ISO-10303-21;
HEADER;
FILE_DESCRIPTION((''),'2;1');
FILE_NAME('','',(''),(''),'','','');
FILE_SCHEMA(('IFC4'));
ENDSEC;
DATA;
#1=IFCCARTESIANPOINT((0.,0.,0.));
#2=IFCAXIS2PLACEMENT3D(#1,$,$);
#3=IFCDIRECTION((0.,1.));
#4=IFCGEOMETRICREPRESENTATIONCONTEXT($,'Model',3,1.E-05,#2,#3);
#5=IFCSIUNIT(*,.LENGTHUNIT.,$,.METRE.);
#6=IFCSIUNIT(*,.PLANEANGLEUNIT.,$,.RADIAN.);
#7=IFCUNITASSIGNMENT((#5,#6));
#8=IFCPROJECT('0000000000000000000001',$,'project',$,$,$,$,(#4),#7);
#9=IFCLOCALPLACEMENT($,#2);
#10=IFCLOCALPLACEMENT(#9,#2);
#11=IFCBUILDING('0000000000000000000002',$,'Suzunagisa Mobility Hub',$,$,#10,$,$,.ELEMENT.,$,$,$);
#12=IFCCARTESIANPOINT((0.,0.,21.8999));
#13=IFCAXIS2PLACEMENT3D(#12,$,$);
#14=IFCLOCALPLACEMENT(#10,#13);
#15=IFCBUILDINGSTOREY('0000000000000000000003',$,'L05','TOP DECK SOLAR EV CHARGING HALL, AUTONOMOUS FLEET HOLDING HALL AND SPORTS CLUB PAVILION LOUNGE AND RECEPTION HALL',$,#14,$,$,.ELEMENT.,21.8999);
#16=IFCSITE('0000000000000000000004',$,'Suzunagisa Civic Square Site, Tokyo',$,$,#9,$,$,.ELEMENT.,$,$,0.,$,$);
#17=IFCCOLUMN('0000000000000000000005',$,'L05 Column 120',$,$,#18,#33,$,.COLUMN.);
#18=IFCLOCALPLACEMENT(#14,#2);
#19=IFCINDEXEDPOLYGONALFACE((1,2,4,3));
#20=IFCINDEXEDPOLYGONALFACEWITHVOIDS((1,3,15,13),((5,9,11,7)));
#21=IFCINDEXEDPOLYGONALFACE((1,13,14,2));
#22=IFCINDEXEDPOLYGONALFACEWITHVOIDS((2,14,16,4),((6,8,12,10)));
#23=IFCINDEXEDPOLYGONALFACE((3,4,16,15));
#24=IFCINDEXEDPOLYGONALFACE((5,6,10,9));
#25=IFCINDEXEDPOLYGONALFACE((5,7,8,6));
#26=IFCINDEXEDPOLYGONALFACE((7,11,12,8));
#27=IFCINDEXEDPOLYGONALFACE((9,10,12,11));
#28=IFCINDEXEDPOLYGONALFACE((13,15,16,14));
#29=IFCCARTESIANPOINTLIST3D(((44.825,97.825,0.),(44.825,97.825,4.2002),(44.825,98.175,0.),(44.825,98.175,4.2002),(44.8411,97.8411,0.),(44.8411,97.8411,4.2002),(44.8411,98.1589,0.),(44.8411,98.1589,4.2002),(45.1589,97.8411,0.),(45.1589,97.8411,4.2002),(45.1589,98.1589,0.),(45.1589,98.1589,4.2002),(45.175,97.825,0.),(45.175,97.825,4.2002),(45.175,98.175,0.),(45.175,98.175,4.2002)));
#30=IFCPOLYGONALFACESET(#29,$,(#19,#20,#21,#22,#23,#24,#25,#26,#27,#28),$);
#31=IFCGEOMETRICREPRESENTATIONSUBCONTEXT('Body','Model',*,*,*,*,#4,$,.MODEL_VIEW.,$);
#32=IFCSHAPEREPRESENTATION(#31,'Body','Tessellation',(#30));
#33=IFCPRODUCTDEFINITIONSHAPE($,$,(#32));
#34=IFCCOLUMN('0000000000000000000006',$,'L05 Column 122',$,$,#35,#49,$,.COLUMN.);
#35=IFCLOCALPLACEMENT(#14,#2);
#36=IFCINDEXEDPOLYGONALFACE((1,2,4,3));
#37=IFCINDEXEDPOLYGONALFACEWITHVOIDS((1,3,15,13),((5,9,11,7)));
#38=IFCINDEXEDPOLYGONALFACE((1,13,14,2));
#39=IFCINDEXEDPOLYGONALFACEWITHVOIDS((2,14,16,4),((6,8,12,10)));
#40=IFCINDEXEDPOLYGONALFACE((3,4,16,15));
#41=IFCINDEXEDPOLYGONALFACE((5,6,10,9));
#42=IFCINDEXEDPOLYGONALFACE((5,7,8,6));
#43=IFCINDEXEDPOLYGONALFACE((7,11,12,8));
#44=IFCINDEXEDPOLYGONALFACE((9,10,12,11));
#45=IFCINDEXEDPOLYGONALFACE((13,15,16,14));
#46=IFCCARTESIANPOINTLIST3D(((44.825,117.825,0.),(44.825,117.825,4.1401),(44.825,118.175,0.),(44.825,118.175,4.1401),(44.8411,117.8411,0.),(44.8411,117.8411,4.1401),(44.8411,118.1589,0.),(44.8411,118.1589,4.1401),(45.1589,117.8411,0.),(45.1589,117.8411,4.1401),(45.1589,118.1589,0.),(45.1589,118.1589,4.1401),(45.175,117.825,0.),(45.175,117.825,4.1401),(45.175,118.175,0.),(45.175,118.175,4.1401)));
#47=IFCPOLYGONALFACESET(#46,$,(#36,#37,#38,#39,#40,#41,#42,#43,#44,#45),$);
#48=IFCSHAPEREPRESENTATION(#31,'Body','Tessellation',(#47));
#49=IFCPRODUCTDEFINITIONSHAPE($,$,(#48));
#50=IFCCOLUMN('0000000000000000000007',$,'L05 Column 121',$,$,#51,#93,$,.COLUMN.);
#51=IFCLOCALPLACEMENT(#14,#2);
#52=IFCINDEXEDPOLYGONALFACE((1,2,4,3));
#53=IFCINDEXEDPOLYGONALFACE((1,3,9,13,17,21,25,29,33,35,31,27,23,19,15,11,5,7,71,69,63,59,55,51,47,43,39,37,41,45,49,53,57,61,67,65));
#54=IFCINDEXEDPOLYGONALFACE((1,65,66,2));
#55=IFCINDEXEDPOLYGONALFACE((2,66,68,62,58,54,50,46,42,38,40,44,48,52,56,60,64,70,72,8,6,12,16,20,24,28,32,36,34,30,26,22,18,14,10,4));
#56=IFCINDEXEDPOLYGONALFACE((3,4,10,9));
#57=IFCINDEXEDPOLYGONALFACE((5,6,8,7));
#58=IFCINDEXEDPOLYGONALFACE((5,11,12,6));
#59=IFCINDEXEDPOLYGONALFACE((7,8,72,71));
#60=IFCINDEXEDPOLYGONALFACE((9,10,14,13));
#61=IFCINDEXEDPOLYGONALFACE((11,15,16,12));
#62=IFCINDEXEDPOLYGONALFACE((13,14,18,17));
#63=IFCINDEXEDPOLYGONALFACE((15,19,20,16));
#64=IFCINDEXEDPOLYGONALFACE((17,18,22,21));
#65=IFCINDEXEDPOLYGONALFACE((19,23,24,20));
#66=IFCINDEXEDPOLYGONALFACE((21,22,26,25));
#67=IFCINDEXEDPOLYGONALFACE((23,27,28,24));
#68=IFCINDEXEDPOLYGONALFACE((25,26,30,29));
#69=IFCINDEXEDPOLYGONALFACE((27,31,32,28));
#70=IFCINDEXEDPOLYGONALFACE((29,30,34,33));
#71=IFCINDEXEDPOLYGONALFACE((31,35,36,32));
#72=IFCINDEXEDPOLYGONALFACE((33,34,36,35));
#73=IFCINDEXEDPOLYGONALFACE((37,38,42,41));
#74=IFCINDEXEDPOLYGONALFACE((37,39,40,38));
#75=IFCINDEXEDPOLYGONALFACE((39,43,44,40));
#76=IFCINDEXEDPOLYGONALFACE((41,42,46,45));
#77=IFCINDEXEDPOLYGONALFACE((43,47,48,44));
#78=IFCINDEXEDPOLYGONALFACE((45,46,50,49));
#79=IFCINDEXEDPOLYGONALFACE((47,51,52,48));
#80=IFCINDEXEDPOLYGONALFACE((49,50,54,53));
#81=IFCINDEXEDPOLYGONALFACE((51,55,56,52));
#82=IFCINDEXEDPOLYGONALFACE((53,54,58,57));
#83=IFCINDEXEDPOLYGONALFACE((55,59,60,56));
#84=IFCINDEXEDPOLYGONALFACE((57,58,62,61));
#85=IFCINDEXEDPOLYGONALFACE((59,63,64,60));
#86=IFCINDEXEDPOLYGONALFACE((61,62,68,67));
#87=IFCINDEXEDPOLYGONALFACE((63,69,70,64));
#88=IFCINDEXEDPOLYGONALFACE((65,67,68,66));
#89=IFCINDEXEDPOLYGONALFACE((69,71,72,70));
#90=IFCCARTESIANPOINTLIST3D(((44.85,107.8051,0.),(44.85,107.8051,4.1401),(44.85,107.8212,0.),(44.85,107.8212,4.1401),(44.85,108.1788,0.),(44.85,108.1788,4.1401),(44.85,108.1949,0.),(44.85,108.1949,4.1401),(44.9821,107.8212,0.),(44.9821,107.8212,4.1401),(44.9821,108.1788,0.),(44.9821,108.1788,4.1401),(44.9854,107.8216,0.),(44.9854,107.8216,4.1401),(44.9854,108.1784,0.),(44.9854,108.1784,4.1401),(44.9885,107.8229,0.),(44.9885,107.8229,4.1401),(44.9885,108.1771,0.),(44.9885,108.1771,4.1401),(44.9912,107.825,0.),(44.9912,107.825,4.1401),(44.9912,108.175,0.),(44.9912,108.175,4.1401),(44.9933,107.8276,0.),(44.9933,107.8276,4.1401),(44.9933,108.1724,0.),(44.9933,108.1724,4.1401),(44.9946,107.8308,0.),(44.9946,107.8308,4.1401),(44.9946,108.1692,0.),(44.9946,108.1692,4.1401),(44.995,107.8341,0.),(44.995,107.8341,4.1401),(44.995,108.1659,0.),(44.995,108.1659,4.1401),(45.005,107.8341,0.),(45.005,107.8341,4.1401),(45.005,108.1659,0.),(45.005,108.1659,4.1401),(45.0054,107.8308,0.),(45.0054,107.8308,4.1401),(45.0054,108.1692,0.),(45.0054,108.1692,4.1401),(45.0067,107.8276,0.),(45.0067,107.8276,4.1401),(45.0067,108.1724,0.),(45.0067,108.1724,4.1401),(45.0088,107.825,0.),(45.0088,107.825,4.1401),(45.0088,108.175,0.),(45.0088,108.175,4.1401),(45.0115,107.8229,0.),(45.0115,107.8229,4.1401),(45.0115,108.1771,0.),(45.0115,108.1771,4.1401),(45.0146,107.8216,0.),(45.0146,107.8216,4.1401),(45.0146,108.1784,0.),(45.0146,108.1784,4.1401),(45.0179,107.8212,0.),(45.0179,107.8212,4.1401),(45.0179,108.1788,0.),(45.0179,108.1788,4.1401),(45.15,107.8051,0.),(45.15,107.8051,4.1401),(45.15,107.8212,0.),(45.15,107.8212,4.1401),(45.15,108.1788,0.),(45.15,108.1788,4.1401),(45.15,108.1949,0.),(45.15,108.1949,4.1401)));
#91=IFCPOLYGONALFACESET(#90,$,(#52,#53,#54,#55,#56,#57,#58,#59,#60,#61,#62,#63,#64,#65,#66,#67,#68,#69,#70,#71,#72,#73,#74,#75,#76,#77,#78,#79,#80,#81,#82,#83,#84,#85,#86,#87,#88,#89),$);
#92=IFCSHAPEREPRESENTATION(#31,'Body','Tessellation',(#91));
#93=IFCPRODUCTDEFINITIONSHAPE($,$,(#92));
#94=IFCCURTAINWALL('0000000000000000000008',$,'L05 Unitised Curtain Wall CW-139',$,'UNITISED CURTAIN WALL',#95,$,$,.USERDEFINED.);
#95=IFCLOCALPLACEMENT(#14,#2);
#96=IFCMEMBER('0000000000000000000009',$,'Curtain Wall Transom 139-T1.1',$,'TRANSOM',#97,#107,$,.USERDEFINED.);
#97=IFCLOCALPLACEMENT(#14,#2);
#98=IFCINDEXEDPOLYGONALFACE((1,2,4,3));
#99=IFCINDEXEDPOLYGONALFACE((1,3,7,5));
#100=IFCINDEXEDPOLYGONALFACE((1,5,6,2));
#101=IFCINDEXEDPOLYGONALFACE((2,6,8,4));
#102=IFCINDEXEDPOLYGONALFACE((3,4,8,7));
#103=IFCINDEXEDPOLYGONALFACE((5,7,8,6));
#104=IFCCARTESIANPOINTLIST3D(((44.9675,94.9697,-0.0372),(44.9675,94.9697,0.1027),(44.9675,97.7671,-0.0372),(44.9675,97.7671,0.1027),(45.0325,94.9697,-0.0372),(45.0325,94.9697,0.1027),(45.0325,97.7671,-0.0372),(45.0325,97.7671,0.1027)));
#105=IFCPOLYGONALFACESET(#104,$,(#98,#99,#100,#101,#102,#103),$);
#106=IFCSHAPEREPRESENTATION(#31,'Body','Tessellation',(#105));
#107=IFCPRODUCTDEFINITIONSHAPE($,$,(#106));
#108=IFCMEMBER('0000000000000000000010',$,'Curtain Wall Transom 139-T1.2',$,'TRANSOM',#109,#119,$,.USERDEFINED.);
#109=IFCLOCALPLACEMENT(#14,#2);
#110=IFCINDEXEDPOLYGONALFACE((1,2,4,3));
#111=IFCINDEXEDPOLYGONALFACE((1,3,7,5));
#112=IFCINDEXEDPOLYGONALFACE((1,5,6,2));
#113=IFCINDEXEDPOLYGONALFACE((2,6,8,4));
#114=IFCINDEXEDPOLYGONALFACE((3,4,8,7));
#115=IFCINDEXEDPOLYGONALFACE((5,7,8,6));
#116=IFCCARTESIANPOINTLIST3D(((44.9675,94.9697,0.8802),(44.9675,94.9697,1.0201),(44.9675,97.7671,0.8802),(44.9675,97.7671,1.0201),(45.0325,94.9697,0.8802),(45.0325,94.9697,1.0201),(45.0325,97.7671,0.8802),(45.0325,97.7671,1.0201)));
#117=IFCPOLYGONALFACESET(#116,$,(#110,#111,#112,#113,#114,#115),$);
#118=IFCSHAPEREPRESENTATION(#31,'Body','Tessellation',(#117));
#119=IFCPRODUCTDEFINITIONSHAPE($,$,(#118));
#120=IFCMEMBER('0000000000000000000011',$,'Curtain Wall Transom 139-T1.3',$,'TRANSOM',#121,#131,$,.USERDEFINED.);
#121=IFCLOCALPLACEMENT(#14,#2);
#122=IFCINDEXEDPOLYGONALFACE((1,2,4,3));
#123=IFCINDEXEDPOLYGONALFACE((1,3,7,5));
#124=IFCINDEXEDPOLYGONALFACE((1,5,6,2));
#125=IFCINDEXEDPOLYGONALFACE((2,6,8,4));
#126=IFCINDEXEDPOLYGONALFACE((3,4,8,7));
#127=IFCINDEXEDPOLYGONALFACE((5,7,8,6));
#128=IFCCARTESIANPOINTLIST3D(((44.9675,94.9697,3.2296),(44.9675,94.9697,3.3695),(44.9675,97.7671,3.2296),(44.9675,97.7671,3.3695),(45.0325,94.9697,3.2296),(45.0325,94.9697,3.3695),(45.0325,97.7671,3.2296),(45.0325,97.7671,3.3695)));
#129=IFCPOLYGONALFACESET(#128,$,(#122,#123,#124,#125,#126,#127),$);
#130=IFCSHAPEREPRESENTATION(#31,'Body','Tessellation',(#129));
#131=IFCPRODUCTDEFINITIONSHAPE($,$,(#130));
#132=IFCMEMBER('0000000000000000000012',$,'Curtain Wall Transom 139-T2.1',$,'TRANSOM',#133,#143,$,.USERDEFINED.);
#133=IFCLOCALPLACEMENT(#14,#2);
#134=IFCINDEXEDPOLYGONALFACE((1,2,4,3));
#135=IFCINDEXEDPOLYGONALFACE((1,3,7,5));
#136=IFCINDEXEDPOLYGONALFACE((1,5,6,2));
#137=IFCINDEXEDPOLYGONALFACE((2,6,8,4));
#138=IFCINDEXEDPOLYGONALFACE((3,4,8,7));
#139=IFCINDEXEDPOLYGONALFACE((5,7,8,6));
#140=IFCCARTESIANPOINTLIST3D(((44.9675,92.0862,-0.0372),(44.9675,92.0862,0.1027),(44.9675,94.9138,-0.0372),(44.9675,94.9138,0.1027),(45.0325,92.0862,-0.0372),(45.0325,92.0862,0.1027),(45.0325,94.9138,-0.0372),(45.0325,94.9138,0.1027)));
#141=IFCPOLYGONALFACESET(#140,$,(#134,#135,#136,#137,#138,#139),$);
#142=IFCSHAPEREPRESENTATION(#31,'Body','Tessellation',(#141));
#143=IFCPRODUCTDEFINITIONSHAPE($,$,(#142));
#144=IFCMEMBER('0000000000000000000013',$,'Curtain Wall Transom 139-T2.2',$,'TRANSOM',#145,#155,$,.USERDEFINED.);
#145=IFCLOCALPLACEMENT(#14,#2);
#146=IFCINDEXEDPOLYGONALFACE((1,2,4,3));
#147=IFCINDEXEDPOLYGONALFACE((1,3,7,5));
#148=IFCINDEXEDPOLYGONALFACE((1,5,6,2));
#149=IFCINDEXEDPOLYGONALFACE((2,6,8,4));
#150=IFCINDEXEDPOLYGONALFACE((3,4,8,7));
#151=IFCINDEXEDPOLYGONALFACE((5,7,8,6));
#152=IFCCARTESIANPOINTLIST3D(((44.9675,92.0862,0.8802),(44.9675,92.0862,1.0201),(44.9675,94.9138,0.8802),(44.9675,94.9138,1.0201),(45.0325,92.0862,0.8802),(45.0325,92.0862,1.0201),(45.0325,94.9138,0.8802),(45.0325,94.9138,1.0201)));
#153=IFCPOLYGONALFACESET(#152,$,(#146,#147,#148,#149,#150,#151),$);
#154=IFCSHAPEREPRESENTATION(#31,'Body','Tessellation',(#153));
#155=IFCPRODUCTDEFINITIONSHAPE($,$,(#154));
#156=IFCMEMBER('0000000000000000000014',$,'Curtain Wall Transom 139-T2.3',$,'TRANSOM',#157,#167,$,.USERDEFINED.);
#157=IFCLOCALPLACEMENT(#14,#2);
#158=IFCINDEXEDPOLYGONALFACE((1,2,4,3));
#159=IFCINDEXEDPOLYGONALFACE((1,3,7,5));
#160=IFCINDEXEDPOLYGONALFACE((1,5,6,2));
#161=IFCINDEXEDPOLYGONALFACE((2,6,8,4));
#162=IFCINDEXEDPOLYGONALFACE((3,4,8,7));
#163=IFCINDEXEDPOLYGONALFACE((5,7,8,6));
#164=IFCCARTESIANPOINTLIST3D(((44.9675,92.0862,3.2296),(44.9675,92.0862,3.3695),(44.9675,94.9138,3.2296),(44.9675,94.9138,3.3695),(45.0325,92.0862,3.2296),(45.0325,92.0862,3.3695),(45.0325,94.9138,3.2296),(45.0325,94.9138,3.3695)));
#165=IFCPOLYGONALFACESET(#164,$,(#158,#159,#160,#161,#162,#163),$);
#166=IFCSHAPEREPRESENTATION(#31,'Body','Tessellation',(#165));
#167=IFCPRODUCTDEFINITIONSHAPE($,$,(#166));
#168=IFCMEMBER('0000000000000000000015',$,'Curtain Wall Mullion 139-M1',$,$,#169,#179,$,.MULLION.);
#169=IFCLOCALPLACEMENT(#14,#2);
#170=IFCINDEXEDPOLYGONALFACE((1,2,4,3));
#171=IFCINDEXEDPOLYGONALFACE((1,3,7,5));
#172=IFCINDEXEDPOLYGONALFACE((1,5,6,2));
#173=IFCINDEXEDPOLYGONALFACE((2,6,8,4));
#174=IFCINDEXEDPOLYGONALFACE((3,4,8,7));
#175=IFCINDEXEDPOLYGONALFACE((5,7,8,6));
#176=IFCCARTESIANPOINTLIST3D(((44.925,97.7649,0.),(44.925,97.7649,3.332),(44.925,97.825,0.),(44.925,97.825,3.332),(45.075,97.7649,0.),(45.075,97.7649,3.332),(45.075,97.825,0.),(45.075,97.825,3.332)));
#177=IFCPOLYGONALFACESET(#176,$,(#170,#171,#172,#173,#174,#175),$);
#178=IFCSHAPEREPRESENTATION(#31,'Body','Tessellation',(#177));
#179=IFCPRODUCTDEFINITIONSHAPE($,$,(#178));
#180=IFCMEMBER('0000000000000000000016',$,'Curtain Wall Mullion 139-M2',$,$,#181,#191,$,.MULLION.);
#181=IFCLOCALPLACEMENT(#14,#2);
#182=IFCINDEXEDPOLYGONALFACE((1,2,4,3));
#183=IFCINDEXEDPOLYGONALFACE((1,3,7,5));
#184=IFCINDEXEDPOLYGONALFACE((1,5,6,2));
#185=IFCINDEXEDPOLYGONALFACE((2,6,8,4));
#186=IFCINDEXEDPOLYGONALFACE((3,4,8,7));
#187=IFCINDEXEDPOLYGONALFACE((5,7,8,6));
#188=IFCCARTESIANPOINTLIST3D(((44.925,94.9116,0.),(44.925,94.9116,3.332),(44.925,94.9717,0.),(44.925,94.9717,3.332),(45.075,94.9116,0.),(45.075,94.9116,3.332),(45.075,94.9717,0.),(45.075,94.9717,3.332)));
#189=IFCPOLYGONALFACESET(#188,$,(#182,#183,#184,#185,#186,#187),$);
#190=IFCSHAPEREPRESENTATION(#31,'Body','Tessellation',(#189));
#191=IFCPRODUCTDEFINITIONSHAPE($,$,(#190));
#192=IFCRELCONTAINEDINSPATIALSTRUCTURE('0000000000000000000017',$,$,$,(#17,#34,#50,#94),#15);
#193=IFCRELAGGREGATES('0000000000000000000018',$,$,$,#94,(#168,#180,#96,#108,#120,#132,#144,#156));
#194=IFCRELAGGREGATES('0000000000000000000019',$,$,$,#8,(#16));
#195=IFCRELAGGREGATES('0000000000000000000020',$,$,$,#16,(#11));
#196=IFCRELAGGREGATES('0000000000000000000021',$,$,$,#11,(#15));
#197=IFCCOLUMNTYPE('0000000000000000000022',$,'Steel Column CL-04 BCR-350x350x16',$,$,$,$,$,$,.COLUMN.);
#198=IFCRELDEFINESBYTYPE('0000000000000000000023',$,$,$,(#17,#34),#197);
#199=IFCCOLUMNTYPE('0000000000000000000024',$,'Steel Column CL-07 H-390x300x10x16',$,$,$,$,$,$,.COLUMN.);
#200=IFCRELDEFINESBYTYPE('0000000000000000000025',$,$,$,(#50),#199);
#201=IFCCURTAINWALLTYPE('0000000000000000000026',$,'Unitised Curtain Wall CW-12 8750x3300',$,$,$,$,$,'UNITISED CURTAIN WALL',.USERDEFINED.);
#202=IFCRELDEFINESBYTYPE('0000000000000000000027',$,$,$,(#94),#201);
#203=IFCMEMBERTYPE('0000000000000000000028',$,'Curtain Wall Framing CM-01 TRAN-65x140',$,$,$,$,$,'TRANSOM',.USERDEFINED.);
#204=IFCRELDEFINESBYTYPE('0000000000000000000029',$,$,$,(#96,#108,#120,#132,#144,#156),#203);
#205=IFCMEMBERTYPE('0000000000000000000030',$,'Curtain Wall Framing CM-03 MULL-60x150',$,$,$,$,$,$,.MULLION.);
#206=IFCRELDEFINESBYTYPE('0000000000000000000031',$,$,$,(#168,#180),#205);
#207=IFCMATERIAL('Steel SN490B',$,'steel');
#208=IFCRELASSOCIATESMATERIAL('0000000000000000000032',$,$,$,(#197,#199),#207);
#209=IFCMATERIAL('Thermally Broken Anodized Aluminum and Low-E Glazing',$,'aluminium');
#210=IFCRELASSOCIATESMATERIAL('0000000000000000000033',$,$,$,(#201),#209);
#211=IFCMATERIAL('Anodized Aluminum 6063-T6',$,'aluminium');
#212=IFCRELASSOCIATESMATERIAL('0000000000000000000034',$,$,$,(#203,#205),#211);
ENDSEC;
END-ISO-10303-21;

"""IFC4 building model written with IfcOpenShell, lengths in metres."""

from ifc_helpers import new_model, si_unit, direction, frame, origin, origin_2d, place, context, subcontext, project, spatial, rectangle, hollow_rectangle, i_section, extrude, material, material_profile, profile_set, type_object, element, aggregate, save


model = new_model("IFC4")

# Units and contexts
model_context = context("Model", 3, precision=1e-05, world=origin(), true_north=direction((0.0, 1.0)))
body_context = subcontext(model_context, "Body", "Model", "MODEL_VIEW")
ifc_project = project(units=[si_unit("LENGTHUNIT", "METRE"), si_unit("PLANEANGLEUNIT", "RADIAN")], contexts=[model_context])

# Site, building, storey
site_placement = place(None, origin())
site = spatial("IfcSite", under=ifc_project, at=site_placement, Name="Suzunagisa Civic Square Site, Tokyo", CompositionType="ELEMENT", RefElevation=0.0)
building_placement = place(site_placement, origin())
building = spatial("IfcBuilding", under=site, at=building_placement, Name="Suzunagisa Mobility Hub", CompositionType="ELEMENT")
storey_placement = place(building_placement, frame((0.0, 0.0, 21.8999)))
storey = spatial("IfcBuildingStorey", under=building, at=storey_placement, Name="L05", Description="TOP DECK SOLAR EV CHARGING HALL, AUTONOMOUS FLEET HOLDING HALL AND SPORTS CLUB PAVILION LOUNGE AND RECEPTION HALL", CompositionType="ELEMENT", Elevation=21.8999)

# Columns
ifc_material_1 = material(Name="Steel SN490B", Category="steel")
ifc_material_profile_1 = material_profile(ifc_material_1, hollow_rectangle(XDim=0.3501, YDim=0.3501, WallThickness=0.0161, at=origin_2d()), Name="BCR-350x350x16")
ifc_profile_set_1 = profile_set([ifc_material_profile_1], Name="Steel SN490B")
column_type_1 = type_object("IfcColumnType", Name="Steel Column CL-04 BCR-350x350x16", PredefinedType="COLUMN", material=ifc_profile_set_1)
column_1_placement = place(storey_placement, frame((45.0, 98.0, 0.0), z_axis=(0.0, 0.0, 1.0), x_axis=(1.0, 0.0, 0.0)))
element("IfcColumn", 1, at=column_1_placement, inside=storey, type_object=column_type_1, Name="L05 Column 120", PredefinedType="COLUMN", context=body_context, shape_type="SweptSolid", body=[
    extrude(hollow_rectangle(XDim=0.3501, YDim=0.3501, WallThickness=0.0161, at=origin_2d()), origin(), (0.0, 0.0, 1.0), 4.2002),
])
column_2_placement = place(storey_placement, frame((45.0, 118.0, 0.0), z_axis=(0.0, 0.0, 1.0), x_axis=(1.0, 0.0, 0.0)))
element("IfcColumn", 2, at=column_2_placement, inside=storey, type_object=column_type_1, Name="L05 Column 122", PredefinedType="COLUMN", context=body_context, shape_type="SweptSolid", body=[
    extrude(hollow_rectangle(XDim=0.3501, YDim=0.3501, WallThickness=0.0161, at=origin_2d()), origin(), (0.0, 0.0, 1.0), 4.1401),
])
ifc_material_profile_2 = material_profile(ifc_material_1, i_section(OverallWidth=0.3, OverallDepth=0.3899, WebThickness=0.01, FlangeThickness=0.0161, FilletRadius=0.0129, at=origin_2d()), Name="H-390x300x10x16")
ifc_profile_set_2 = profile_set([ifc_material_profile_2], Name="Steel SN490B")
column_type_2 = type_object("IfcColumnType", Name="Steel Column CL-07 H-390x300x10x16", PredefinedType="COLUMN", material=ifc_profile_set_2)
column_3_placement = place(storey_placement, frame((45.0, 108.0, 0.0), z_axis=(0.0, 0.0, 1.0), x_axis=(1.0, 0.0, 0.0)))
element("IfcColumn", 3, at=column_3_placement, inside=storey, type_object=column_type_2, Name="L05 Column 121", PredefinedType="COLUMN", context=body_context, shape_type="SweptSolid", body=[
    extrude(i_section(OverallWidth=0.3, OverallDepth=0.3899, WebThickness=0.01, FlangeThickness=0.0161, FilletRadius=0.0129, at=origin_2d()), origin(), (0.0, 0.0, 1.0), 4.1401),
])

# Curtain wall, members
ifc_material_2 = material(Name="Thermally Broken Anodized Aluminum and Low-E Glazing", Category="aluminium")
curtain_wall_type = type_object("IfcCurtainWallType", Name="Unitised Curtain Wall CW-12 8750x3300", ElementType="UNITISED CURTAIN WALL", PredefinedType="USERDEFINED", material=ifc_material_2)
curtain_wall_placement = place(storey_placement, origin())
curtain_wall = element("IfcCurtainWall", 4, at=curtain_wall_placement, inside=storey, type_object=curtain_wall_type, Name="L05 Unitised Curtain Wall CW-139", ObjectType="UNITISED CURTAIN WALL", PredefinedType="USERDEFINED")
ifc_material_3 = material(Name="Anodized Aluminum 6063-T6", Category="aluminium")
ifc_material_profile_3 = material_profile(ifc_material_3, rectangle(XDim=0.0649, YDim=0.1399, at=origin_2d()), Name="TRAN-65x140")
ifc_profile_set_3 = profile_set([ifc_material_profile_3], Name="Anodized Aluminum 6063-T6")
member_type_1 = type_object("IfcMemberType", Name="Curtain Wall Framing CM-01 TRAN-65x140", ElementType="TRANSOM", PredefinedType="USERDEFINED", material=ifc_profile_set_3)
member_1_placement = place(storey_placement, frame((45.0, 97.7671, 0.0327), z_axis=(0.0, -1.0, 0.0), x_axis=(1.0, 0.0, 0.0)))
member_1 = element("IfcMember", 5, at=member_1_placement, type_object=member_type_1, Name="Curtain Wall Transom 139-T1.1", ObjectType="TRANSOM", PredefinedType="USERDEFINED", context=body_context, shape_type="SweptSolid", body=[
    extrude(rectangle(XDim=0.0649, YDim=0.1399, at=origin_2d()), origin(), (0.0, 0.0, 1.0), 2.7974),
])
member_2_placement = place(storey_placement, frame((45.0, 97.7671, 0.9502), z_axis=(0.0, -1.0, 0.0), x_axis=(1.0, 0.0, 0.0)))
member_2 = element("IfcMember", 6, at=member_2_placement, type_object=member_type_1, Name="Curtain Wall Transom 139-T1.2", ObjectType="TRANSOM", PredefinedType="USERDEFINED", context=body_context, shape_type="SweptSolid", body=[
    extrude(rectangle(XDim=0.0649, YDim=0.1399, at=origin_2d()), origin(), (0.0, 0.0, 1.0), 2.7974),
])
member_3_placement = place(storey_placement, frame((45.0, 97.7671, 3.2996), z_axis=(0.0, -1.0, 0.0), x_axis=(1.0, 0.0, 0.0)))
member_3 = element("IfcMember", 7, at=member_3_placement, type_object=member_type_1, Name="Curtain Wall Transom 139-T1.3", ObjectType="TRANSOM", PredefinedType="USERDEFINED", context=body_context, shape_type="SweptSolid", body=[
    extrude(rectangle(XDim=0.0649, YDim=0.1399, at=origin_2d()), origin(), (0.0, 0.0, 1.0), 2.7974),
])
member_4_placement = place(storey_placement, frame((45.0, 94.9138, 0.0327), z_axis=(0.0, -1.0, 0.0), x_axis=(1.0, 0.0, 0.0)))
member_4 = element("IfcMember", 8, at=member_4_placement, type_object=member_type_1, Name="Curtain Wall Transom 139-T2.1", ObjectType="TRANSOM", PredefinedType="USERDEFINED", context=body_context, shape_type="SweptSolid", body=[
    extrude(rectangle(XDim=0.0649, YDim=0.1399, at=origin_2d()), origin(), (0.0, 0.0, 1.0), 2.8276),
])
member_5_placement = place(storey_placement, frame((45.0, 94.9138, 0.9502), z_axis=(0.0, -1.0, 0.0), x_axis=(1.0, 0.0, 0.0)))
member_5 = element("IfcMember", 9, at=member_5_placement, type_object=member_type_1, Name="Curtain Wall Transom 139-T2.2", ObjectType="TRANSOM", PredefinedType="USERDEFINED", context=body_context, shape_type="SweptSolid", body=[
    extrude(rectangle(XDim=0.0649, YDim=0.1399, at=origin_2d()), origin(), (0.0, 0.0, 1.0), 2.8276),
])
member_6_placement = place(storey_placement, frame((45.0, 94.9138, 3.2996), z_axis=(0.0, -1.0, 0.0), x_axis=(1.0, 0.0, 0.0)))
member_6 = element("IfcMember", 10, at=member_6_placement, type_object=member_type_1, Name="Curtain Wall Transom 139-T2.3", ObjectType="TRANSOM", PredefinedType="USERDEFINED", context=body_context, shape_type="SweptSolid", body=[
    extrude(rectangle(XDim=0.0649, YDim=0.1399, at=origin_2d()), origin(), (0.0, 0.0, 1.0), 2.8276),
])
ifc_material_profile_4 = material_profile(ifc_material_3, rectangle(XDim=0.0601, YDim=0.1499, at=origin_2d()), Name="MULL-60x150")
ifc_profile_set_4 = profile_set([ifc_material_profile_4], Name="Anodized Aluminum 6063-T6")
member_type_2 = type_object("IfcMemberType", Name="Curtain Wall Framing CM-03 MULL-60x150", PredefinedType="MULLION", material=ifc_profile_set_4)
member_7_placement = place(storey_placement, frame((45.0, 97.7949, 0.0), z_axis=(0.0, 0.0, 1.0), x_axis=(0.0, -1.0, 0.0)))
member_7 = element("IfcMember", 11, at=member_7_placement, type_object=member_type_2, Name="Curtain Wall Mullion 139-M1", PredefinedType="MULLION", context=body_context, shape_type="SweptSolid", body=[
    extrude(rectangle(XDim=0.0601, YDim=0.1499, at=origin_2d()), origin(), (0.0, 0.0, 1.0), 3.332),
])
member_8_placement = place(storey_placement, frame((45.0, 94.9417, 0.0), z_axis=(0.0, 0.0, 1.0), x_axis=(0.0, -1.0, 0.0)))
member_8 = element("IfcMember", 12, at=member_8_placement, type_object=member_type_2, Name="Curtain Wall Mullion 139-M2", PredefinedType="MULLION", context=body_context, shape_type="SweptSolid", body=[
    extrude(rectangle(XDim=0.0601, YDim=0.1499, at=origin_2d()), origin(), (0.0, 0.0, 1.0), 3.332),
])

aggregate(curtain_wall, [member_7, member_8, member_1, member_2, member_3, member_4, member_5, member_6])

save(model, "model.ifc")
